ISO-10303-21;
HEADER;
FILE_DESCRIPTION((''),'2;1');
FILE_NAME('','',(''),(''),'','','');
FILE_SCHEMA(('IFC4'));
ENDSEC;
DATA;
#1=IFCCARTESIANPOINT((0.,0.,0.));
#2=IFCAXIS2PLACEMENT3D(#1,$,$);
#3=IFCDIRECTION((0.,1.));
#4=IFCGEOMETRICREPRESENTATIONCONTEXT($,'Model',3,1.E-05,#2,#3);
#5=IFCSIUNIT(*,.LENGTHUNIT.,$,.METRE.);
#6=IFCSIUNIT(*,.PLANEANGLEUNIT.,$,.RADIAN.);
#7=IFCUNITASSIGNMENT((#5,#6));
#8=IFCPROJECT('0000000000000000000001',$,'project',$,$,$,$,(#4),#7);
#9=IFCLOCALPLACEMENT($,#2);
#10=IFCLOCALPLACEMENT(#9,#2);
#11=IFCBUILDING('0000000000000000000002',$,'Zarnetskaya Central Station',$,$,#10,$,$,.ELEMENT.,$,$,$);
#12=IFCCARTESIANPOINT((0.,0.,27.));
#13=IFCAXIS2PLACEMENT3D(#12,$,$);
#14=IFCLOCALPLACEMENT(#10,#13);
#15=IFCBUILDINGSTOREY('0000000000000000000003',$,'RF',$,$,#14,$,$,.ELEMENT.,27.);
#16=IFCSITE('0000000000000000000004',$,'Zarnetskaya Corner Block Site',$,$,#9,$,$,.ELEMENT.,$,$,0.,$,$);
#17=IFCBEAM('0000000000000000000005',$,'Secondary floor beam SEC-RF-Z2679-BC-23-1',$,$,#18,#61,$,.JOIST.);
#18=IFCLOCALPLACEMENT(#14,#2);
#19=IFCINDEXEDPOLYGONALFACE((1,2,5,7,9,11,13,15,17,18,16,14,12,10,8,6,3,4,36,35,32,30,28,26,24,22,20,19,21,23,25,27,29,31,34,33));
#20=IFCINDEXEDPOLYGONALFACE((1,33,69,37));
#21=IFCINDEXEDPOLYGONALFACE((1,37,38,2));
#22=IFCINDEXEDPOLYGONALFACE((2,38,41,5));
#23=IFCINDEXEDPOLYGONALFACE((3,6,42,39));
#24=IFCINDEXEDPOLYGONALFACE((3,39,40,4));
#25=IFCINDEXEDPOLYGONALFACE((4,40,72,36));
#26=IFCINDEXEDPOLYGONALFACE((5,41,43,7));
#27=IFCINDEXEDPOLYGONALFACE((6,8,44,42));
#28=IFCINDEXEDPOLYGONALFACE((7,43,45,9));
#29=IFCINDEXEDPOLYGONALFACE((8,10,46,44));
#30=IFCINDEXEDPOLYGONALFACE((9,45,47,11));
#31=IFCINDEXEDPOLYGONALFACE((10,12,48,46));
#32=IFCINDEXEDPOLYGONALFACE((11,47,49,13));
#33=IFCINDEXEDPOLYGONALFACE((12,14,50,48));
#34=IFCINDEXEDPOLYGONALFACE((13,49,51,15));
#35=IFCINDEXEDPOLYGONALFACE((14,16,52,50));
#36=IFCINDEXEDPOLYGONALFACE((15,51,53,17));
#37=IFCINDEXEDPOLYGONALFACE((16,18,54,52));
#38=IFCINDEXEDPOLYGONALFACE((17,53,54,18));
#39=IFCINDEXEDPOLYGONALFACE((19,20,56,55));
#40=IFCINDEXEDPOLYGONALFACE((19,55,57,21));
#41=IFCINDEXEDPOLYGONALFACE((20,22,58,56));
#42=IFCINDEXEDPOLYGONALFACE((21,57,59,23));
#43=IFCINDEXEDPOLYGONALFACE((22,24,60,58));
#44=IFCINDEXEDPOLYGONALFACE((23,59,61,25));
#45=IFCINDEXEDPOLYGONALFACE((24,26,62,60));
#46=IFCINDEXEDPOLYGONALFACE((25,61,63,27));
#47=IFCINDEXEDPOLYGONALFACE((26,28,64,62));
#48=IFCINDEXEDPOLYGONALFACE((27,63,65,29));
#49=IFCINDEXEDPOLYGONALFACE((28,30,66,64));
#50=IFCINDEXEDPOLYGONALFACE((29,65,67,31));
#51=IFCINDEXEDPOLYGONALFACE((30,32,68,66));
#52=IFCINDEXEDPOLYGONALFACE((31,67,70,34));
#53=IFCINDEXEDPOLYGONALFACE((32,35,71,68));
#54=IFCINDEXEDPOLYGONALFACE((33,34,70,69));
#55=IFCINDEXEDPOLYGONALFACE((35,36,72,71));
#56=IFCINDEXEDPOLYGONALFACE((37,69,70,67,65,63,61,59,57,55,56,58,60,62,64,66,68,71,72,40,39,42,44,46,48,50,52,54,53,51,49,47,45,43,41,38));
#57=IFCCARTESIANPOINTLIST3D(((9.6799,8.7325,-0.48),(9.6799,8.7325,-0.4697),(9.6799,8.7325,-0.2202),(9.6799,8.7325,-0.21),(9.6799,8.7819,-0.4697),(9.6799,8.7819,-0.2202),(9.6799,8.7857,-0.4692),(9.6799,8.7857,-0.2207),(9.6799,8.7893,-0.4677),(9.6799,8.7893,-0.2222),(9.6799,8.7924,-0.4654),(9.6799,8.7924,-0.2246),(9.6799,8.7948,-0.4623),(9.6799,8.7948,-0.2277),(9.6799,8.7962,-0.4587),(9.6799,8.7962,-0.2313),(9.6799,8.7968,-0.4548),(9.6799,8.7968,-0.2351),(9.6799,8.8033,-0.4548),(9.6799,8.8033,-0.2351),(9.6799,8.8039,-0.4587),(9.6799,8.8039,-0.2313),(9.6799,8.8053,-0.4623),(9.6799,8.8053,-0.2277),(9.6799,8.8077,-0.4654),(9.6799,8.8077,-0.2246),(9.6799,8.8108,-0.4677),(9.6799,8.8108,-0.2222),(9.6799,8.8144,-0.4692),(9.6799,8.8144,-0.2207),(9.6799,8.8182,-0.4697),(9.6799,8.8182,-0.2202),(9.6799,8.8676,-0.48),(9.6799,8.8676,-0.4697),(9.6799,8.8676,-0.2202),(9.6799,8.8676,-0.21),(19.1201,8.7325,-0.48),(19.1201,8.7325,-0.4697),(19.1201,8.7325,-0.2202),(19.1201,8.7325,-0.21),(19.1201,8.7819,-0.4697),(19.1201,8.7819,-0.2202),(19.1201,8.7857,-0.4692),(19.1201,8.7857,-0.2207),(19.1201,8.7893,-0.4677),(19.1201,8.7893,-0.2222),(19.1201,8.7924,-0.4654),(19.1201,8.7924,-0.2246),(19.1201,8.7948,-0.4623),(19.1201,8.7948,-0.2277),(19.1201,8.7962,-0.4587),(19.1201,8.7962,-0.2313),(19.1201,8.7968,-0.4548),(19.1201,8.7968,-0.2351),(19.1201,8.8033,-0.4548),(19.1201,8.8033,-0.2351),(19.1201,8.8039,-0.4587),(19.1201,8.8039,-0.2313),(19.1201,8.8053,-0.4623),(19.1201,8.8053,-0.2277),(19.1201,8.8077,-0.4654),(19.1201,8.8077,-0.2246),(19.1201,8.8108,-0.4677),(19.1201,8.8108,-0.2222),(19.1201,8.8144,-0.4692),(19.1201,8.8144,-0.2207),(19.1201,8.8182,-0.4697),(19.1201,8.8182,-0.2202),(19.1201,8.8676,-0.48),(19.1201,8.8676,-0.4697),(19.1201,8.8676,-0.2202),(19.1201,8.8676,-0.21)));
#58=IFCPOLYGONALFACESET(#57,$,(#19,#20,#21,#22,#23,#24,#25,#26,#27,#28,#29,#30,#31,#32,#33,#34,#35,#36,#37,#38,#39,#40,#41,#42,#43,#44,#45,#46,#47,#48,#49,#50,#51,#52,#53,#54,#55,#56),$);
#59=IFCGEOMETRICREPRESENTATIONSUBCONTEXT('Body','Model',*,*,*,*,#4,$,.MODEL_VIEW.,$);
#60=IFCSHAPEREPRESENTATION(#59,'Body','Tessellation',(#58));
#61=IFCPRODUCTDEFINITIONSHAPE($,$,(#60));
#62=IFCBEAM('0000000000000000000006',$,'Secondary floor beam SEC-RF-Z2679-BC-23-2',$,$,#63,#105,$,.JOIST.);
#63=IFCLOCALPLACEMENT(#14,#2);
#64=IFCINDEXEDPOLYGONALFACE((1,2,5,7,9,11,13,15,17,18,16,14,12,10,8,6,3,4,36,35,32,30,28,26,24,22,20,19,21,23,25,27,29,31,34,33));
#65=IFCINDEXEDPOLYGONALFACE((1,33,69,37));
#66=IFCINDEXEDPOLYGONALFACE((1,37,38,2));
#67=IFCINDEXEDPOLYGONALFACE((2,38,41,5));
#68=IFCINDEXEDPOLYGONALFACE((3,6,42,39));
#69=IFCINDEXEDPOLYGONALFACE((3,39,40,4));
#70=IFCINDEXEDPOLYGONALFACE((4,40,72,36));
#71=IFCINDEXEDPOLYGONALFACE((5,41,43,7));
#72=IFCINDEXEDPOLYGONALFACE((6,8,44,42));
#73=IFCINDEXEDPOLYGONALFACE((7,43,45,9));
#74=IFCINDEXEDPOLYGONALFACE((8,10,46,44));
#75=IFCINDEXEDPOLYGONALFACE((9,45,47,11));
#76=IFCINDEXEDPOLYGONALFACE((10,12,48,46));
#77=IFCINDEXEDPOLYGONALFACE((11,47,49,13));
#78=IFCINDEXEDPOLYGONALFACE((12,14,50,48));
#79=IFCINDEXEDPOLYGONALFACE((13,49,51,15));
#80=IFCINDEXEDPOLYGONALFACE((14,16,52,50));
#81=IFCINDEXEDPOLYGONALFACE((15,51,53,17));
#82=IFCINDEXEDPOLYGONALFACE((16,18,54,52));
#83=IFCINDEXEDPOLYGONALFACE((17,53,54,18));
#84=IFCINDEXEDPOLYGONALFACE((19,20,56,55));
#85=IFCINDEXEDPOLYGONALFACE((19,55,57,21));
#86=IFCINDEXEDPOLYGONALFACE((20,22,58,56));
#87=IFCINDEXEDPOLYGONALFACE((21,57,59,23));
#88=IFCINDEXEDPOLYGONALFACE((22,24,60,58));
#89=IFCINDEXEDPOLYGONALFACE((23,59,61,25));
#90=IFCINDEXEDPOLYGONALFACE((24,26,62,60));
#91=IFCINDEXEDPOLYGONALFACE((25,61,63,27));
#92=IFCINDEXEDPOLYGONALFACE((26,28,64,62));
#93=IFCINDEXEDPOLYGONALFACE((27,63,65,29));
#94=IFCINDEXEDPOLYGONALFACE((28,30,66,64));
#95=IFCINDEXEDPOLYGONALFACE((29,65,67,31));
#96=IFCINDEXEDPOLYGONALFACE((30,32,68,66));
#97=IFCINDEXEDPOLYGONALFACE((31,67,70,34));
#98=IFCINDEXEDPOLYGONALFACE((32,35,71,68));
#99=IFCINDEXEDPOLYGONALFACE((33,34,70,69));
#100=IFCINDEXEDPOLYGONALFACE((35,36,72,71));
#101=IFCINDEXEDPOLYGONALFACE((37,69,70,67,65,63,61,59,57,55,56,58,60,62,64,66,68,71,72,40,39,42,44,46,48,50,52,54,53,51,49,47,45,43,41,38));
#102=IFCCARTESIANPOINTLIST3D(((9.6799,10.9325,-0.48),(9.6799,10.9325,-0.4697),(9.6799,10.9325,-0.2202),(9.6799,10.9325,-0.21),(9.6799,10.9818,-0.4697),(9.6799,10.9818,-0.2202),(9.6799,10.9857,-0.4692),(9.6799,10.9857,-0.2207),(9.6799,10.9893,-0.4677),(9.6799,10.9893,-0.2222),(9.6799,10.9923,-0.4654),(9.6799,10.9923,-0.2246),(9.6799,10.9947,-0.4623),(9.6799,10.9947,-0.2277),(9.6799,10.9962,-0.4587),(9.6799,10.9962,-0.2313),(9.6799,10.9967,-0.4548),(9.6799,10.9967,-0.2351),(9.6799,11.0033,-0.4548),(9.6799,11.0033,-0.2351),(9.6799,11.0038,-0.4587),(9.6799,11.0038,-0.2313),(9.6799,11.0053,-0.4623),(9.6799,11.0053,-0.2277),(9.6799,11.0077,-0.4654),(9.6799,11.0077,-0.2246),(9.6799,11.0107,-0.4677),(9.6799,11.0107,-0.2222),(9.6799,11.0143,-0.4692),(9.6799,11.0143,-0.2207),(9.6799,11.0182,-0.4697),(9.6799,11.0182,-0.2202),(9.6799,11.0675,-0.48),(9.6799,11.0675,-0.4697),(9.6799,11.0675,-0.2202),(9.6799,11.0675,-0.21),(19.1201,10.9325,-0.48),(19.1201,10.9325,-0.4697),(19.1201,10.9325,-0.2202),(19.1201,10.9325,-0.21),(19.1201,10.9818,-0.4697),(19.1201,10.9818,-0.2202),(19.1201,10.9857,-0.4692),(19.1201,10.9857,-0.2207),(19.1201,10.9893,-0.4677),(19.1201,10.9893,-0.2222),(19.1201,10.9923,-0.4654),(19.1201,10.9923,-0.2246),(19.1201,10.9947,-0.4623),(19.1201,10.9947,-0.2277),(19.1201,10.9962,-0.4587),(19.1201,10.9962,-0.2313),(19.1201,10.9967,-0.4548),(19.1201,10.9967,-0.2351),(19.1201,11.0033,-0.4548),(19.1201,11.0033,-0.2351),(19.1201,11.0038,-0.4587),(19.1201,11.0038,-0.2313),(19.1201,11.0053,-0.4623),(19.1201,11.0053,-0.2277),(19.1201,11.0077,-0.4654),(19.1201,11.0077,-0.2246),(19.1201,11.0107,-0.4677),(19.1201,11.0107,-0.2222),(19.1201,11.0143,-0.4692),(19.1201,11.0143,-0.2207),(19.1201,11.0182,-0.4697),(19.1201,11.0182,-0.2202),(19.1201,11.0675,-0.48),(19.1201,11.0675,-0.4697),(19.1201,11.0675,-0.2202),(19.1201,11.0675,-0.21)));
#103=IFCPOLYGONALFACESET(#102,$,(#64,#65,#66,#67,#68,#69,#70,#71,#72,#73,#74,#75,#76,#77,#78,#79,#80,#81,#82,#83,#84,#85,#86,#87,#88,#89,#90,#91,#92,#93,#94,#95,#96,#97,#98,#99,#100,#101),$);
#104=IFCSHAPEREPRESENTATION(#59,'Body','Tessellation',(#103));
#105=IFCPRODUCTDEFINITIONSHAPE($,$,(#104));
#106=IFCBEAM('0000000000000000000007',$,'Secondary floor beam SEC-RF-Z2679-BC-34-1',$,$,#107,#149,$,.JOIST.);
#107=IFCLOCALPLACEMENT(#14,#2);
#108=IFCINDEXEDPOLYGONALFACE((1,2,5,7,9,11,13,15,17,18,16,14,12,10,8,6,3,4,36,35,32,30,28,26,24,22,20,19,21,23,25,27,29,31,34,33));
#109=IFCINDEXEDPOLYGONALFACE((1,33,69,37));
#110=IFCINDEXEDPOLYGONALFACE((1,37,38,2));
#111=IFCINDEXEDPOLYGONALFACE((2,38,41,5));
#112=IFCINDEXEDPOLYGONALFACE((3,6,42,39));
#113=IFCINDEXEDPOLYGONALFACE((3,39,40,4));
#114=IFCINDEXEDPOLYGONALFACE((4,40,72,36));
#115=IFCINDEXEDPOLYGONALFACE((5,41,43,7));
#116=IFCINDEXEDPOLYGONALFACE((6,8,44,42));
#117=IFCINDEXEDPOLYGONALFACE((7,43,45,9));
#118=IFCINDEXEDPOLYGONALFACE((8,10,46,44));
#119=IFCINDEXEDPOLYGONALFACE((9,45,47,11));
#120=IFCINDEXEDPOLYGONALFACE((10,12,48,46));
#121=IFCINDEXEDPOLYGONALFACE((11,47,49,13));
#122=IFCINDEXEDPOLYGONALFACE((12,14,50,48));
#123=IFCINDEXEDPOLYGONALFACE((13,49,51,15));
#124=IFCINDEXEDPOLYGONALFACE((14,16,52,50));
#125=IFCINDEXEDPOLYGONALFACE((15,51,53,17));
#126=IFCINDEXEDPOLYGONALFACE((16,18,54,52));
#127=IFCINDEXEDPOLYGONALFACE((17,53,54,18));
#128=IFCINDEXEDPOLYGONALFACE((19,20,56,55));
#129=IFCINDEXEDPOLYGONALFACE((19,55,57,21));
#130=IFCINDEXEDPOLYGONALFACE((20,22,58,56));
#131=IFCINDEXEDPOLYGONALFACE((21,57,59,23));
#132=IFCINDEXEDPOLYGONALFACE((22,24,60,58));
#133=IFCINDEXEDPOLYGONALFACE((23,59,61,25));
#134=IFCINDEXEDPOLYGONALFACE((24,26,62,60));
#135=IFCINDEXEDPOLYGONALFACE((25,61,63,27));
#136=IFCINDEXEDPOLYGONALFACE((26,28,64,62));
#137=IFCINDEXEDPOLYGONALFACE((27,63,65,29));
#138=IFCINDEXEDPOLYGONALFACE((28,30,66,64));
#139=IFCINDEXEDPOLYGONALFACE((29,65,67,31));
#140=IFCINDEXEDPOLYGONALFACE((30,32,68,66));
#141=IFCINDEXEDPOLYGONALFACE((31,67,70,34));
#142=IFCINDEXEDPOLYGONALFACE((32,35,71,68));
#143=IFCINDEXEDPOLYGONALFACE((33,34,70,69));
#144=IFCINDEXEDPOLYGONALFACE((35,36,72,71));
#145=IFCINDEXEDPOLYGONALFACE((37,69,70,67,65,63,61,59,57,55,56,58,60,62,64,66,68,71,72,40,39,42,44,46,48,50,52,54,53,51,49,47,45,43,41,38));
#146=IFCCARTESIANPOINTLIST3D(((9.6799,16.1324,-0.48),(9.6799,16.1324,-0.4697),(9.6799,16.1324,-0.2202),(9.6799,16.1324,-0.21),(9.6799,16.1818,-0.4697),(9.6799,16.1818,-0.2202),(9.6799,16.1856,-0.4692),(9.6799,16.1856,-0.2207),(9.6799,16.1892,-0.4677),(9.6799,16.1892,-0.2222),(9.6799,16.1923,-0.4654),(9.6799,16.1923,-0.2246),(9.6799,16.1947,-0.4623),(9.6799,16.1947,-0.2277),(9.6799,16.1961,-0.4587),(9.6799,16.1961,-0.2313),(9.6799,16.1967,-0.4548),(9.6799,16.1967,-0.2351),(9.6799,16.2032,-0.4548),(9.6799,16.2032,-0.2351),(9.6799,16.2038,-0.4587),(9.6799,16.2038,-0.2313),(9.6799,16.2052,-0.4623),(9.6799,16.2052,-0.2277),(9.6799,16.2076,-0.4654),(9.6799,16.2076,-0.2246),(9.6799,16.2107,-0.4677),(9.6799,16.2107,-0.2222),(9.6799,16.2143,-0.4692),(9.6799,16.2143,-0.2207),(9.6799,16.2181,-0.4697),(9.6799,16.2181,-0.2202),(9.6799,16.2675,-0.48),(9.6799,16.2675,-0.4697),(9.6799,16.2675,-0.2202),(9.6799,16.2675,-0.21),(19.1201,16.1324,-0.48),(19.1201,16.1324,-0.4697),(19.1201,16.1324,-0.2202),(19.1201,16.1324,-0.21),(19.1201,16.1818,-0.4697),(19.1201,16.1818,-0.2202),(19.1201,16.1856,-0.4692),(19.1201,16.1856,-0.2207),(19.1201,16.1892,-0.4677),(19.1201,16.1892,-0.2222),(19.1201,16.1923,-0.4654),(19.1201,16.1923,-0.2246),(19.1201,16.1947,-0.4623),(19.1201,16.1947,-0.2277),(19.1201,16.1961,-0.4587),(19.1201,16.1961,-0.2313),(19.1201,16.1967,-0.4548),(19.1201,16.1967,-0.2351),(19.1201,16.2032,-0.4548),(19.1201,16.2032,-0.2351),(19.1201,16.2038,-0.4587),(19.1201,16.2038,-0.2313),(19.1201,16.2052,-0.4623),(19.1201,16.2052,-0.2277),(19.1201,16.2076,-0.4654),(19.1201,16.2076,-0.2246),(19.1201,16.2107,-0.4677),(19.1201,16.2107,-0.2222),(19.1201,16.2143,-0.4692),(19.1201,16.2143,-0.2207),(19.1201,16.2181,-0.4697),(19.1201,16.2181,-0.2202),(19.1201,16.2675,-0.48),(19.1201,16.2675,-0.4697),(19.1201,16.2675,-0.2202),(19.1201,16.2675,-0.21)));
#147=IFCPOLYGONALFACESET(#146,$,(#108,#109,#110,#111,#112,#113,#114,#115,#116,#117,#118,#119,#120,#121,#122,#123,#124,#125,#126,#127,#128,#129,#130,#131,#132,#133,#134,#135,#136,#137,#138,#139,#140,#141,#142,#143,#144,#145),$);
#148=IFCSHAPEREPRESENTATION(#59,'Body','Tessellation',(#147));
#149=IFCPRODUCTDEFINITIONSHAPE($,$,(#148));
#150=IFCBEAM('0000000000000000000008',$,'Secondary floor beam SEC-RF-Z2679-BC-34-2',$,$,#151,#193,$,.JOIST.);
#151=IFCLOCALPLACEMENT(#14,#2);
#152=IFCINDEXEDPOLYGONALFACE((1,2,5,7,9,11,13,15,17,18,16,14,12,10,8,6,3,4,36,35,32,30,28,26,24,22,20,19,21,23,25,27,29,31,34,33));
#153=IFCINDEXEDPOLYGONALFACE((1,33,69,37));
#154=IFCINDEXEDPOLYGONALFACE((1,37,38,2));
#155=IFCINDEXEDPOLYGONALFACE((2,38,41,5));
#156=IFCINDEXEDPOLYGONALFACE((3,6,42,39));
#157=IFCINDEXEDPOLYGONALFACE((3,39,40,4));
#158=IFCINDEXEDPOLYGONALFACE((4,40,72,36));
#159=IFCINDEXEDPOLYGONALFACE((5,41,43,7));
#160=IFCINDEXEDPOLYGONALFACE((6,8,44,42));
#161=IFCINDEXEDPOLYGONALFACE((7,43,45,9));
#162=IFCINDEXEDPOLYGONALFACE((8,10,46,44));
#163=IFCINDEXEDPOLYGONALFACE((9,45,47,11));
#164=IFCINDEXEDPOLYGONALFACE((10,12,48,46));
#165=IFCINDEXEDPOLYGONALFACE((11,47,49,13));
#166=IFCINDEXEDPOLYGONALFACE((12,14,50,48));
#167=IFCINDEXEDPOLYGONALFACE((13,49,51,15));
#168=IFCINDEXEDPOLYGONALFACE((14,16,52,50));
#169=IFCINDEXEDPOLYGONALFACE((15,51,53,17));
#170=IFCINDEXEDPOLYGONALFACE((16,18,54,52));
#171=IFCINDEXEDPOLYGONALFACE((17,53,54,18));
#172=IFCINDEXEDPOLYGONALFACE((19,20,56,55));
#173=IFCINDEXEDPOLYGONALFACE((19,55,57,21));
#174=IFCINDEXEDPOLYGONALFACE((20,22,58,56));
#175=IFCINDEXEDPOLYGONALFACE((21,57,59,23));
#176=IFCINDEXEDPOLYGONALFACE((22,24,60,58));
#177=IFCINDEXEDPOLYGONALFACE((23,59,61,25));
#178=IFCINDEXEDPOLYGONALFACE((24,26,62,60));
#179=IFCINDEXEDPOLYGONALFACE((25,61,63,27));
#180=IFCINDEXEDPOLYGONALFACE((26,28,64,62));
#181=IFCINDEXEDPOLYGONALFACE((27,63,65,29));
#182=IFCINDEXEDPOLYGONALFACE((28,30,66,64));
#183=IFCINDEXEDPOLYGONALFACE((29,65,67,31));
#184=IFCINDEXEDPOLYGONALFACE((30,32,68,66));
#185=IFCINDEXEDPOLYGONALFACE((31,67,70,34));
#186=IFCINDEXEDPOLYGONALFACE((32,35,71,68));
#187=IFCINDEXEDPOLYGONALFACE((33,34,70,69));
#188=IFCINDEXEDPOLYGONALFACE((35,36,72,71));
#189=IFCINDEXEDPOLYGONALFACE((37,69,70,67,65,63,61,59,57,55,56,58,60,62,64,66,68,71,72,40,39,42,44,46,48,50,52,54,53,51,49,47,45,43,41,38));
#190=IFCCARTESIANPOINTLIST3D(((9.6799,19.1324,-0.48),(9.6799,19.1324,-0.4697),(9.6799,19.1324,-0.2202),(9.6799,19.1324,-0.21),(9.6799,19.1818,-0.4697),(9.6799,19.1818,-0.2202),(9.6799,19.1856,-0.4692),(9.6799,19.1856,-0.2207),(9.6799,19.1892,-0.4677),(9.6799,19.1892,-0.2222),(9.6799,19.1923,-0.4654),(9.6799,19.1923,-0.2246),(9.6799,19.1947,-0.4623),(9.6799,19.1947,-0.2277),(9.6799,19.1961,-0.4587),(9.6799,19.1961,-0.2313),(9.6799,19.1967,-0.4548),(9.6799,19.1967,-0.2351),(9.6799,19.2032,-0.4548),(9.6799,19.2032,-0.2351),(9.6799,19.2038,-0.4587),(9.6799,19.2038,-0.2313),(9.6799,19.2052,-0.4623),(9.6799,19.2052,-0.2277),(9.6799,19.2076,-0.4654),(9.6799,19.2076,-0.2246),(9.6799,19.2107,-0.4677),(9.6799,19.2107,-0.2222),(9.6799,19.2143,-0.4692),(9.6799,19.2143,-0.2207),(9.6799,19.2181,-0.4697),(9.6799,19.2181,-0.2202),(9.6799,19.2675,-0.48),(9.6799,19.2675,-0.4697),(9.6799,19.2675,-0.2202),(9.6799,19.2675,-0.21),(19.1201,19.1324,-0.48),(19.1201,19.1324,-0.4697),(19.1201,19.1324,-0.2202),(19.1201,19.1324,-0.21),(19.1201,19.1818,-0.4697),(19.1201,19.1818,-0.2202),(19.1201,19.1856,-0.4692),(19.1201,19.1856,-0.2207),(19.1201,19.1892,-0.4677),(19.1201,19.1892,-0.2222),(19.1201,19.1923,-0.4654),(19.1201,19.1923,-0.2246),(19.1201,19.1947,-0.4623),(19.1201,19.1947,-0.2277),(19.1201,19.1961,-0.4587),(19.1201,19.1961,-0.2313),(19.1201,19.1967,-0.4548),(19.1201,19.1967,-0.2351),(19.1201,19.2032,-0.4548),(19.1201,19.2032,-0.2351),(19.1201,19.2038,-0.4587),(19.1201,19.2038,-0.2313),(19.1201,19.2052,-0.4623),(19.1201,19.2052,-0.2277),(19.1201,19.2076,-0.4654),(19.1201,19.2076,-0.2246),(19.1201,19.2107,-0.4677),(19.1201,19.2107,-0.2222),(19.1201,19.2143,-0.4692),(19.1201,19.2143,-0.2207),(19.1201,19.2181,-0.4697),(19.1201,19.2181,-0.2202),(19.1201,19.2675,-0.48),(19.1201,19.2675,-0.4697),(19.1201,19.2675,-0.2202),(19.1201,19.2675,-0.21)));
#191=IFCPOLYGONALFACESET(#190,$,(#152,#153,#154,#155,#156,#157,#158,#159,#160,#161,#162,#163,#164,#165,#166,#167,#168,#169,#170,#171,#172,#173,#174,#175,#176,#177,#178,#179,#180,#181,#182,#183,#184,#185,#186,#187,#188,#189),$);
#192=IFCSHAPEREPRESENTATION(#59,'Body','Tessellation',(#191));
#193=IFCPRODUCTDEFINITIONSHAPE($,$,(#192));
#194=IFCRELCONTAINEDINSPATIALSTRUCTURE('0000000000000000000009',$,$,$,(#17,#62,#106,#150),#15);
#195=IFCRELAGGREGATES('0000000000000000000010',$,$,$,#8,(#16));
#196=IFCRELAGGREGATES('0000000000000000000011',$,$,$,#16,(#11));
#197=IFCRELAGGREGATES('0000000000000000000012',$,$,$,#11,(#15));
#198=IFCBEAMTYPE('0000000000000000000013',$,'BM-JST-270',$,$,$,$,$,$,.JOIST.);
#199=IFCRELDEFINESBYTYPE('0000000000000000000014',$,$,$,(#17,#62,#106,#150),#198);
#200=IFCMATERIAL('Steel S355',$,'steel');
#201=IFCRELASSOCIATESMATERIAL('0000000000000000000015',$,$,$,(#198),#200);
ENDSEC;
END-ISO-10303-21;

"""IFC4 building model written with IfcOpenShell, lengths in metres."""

from ifc_helpers import new_model, si_unit, direction, frame, origin, origin_2d, place, context, subcontext, project, spatial, i_section, extrude, material, material_profile, profile_set, type_object, element, save


model = new_model("IFC4")

# Units and contexts
model_context = context("Model", 3, precision=1e-05, world=origin(), true_north=direction((0.0, 1.0)))
body_context = subcontext(model_context, "Body", "Model", "MODEL_VIEW")
ifc_project = project(units=[si_unit("LENGTHUNIT", "METRE"), si_unit("PLANEANGLEUNIT", "RADIAN")], contexts=[model_context])

# Site, building, storey
site_placement = place(None, origin())
site = spatial("IfcSite", under=ifc_project, at=site_placement, Name="Zarnetskaya Corner Block Site", CompositionType="ELEMENT", RefElevation=0.0)
building_placement = place(site_placement, origin())
building = spatial("IfcBuilding", under=site, at=building_placement, Name="Zarnetskaya Central Station", CompositionType="ELEMENT")
storey_placement = place(building_placement, frame((0.0, 0.0, 27.0)))
storey = spatial("IfcBuildingStorey", under=building, at=storey_placement, Name="RF", CompositionType="ELEMENT", Elevation=27.0)

# Beams
ifc_material = material(Name="Steel S355", Category="steel")
ifc_material_profile_1 = material_profile(ifc_material, i_section(OverallWidth=0.135, OverallDepth=0.27, WebThickness=0.0066, FlangeThickness=0.0103, FilletRadius=0.0149, at=origin_2d()), Name="IPE 270")
ifc_profile_set_1 = profile_set([ifc_material_profile_1], Name="Steel S355")
beam_type_1 = type_object("IfcBeamType", Name="BM-JST-270", PredefinedType="JOIST", material=ifc_profile_set_1)
for number, where, z_axis, x_axis, name in (
    (1, (9.6799, 8.8, -0.345), (1.0, 0.0, 0.0), (0.0, 1.0, 0.0), "Secondary floor beam SEC-RF-Z2679-BC-23-1"),
    (2, (9.6799, 11.0, -0.345), (1.0, 0.0, 0.0), (0.0, 1.0, 0.0), "Secondary floor beam SEC-RF-Z2679-BC-23-2"),
    (3, (9.6799, 16.2, -0.345), (1.0, 0.0, 0.0), (0.0, 1.0, 0.0), "Secondary floor beam SEC-RF-Z2679-BC-34-1"),
    (4, (9.6799, 19.2, -0.345), (1.0, 0.0, 0.0), (0.0, 1.0, 0.0), "Secondary floor beam SEC-RF-Z2679-BC-34-2"),
):
    element("IfcBeam", number, at=place(storey_placement, frame(where, z_axis=z_axis, x_axis=x_axis)), inside=storey, type_object=beam_type_1, Name=name, PredefinedType="JOIST", context=body_context, shape_type="SweptSolid", body=[
        extrude(i_section(OverallWidth=0.135, OverallDepth=0.27, WebThickness=0.0066, FlangeThickness=0.0103, FilletRadius=0.0149, at=origin_2d()), origin(), (0.0, 0.0, 1.0), 9.4402),
    ])

save(model, "model.ifc")
